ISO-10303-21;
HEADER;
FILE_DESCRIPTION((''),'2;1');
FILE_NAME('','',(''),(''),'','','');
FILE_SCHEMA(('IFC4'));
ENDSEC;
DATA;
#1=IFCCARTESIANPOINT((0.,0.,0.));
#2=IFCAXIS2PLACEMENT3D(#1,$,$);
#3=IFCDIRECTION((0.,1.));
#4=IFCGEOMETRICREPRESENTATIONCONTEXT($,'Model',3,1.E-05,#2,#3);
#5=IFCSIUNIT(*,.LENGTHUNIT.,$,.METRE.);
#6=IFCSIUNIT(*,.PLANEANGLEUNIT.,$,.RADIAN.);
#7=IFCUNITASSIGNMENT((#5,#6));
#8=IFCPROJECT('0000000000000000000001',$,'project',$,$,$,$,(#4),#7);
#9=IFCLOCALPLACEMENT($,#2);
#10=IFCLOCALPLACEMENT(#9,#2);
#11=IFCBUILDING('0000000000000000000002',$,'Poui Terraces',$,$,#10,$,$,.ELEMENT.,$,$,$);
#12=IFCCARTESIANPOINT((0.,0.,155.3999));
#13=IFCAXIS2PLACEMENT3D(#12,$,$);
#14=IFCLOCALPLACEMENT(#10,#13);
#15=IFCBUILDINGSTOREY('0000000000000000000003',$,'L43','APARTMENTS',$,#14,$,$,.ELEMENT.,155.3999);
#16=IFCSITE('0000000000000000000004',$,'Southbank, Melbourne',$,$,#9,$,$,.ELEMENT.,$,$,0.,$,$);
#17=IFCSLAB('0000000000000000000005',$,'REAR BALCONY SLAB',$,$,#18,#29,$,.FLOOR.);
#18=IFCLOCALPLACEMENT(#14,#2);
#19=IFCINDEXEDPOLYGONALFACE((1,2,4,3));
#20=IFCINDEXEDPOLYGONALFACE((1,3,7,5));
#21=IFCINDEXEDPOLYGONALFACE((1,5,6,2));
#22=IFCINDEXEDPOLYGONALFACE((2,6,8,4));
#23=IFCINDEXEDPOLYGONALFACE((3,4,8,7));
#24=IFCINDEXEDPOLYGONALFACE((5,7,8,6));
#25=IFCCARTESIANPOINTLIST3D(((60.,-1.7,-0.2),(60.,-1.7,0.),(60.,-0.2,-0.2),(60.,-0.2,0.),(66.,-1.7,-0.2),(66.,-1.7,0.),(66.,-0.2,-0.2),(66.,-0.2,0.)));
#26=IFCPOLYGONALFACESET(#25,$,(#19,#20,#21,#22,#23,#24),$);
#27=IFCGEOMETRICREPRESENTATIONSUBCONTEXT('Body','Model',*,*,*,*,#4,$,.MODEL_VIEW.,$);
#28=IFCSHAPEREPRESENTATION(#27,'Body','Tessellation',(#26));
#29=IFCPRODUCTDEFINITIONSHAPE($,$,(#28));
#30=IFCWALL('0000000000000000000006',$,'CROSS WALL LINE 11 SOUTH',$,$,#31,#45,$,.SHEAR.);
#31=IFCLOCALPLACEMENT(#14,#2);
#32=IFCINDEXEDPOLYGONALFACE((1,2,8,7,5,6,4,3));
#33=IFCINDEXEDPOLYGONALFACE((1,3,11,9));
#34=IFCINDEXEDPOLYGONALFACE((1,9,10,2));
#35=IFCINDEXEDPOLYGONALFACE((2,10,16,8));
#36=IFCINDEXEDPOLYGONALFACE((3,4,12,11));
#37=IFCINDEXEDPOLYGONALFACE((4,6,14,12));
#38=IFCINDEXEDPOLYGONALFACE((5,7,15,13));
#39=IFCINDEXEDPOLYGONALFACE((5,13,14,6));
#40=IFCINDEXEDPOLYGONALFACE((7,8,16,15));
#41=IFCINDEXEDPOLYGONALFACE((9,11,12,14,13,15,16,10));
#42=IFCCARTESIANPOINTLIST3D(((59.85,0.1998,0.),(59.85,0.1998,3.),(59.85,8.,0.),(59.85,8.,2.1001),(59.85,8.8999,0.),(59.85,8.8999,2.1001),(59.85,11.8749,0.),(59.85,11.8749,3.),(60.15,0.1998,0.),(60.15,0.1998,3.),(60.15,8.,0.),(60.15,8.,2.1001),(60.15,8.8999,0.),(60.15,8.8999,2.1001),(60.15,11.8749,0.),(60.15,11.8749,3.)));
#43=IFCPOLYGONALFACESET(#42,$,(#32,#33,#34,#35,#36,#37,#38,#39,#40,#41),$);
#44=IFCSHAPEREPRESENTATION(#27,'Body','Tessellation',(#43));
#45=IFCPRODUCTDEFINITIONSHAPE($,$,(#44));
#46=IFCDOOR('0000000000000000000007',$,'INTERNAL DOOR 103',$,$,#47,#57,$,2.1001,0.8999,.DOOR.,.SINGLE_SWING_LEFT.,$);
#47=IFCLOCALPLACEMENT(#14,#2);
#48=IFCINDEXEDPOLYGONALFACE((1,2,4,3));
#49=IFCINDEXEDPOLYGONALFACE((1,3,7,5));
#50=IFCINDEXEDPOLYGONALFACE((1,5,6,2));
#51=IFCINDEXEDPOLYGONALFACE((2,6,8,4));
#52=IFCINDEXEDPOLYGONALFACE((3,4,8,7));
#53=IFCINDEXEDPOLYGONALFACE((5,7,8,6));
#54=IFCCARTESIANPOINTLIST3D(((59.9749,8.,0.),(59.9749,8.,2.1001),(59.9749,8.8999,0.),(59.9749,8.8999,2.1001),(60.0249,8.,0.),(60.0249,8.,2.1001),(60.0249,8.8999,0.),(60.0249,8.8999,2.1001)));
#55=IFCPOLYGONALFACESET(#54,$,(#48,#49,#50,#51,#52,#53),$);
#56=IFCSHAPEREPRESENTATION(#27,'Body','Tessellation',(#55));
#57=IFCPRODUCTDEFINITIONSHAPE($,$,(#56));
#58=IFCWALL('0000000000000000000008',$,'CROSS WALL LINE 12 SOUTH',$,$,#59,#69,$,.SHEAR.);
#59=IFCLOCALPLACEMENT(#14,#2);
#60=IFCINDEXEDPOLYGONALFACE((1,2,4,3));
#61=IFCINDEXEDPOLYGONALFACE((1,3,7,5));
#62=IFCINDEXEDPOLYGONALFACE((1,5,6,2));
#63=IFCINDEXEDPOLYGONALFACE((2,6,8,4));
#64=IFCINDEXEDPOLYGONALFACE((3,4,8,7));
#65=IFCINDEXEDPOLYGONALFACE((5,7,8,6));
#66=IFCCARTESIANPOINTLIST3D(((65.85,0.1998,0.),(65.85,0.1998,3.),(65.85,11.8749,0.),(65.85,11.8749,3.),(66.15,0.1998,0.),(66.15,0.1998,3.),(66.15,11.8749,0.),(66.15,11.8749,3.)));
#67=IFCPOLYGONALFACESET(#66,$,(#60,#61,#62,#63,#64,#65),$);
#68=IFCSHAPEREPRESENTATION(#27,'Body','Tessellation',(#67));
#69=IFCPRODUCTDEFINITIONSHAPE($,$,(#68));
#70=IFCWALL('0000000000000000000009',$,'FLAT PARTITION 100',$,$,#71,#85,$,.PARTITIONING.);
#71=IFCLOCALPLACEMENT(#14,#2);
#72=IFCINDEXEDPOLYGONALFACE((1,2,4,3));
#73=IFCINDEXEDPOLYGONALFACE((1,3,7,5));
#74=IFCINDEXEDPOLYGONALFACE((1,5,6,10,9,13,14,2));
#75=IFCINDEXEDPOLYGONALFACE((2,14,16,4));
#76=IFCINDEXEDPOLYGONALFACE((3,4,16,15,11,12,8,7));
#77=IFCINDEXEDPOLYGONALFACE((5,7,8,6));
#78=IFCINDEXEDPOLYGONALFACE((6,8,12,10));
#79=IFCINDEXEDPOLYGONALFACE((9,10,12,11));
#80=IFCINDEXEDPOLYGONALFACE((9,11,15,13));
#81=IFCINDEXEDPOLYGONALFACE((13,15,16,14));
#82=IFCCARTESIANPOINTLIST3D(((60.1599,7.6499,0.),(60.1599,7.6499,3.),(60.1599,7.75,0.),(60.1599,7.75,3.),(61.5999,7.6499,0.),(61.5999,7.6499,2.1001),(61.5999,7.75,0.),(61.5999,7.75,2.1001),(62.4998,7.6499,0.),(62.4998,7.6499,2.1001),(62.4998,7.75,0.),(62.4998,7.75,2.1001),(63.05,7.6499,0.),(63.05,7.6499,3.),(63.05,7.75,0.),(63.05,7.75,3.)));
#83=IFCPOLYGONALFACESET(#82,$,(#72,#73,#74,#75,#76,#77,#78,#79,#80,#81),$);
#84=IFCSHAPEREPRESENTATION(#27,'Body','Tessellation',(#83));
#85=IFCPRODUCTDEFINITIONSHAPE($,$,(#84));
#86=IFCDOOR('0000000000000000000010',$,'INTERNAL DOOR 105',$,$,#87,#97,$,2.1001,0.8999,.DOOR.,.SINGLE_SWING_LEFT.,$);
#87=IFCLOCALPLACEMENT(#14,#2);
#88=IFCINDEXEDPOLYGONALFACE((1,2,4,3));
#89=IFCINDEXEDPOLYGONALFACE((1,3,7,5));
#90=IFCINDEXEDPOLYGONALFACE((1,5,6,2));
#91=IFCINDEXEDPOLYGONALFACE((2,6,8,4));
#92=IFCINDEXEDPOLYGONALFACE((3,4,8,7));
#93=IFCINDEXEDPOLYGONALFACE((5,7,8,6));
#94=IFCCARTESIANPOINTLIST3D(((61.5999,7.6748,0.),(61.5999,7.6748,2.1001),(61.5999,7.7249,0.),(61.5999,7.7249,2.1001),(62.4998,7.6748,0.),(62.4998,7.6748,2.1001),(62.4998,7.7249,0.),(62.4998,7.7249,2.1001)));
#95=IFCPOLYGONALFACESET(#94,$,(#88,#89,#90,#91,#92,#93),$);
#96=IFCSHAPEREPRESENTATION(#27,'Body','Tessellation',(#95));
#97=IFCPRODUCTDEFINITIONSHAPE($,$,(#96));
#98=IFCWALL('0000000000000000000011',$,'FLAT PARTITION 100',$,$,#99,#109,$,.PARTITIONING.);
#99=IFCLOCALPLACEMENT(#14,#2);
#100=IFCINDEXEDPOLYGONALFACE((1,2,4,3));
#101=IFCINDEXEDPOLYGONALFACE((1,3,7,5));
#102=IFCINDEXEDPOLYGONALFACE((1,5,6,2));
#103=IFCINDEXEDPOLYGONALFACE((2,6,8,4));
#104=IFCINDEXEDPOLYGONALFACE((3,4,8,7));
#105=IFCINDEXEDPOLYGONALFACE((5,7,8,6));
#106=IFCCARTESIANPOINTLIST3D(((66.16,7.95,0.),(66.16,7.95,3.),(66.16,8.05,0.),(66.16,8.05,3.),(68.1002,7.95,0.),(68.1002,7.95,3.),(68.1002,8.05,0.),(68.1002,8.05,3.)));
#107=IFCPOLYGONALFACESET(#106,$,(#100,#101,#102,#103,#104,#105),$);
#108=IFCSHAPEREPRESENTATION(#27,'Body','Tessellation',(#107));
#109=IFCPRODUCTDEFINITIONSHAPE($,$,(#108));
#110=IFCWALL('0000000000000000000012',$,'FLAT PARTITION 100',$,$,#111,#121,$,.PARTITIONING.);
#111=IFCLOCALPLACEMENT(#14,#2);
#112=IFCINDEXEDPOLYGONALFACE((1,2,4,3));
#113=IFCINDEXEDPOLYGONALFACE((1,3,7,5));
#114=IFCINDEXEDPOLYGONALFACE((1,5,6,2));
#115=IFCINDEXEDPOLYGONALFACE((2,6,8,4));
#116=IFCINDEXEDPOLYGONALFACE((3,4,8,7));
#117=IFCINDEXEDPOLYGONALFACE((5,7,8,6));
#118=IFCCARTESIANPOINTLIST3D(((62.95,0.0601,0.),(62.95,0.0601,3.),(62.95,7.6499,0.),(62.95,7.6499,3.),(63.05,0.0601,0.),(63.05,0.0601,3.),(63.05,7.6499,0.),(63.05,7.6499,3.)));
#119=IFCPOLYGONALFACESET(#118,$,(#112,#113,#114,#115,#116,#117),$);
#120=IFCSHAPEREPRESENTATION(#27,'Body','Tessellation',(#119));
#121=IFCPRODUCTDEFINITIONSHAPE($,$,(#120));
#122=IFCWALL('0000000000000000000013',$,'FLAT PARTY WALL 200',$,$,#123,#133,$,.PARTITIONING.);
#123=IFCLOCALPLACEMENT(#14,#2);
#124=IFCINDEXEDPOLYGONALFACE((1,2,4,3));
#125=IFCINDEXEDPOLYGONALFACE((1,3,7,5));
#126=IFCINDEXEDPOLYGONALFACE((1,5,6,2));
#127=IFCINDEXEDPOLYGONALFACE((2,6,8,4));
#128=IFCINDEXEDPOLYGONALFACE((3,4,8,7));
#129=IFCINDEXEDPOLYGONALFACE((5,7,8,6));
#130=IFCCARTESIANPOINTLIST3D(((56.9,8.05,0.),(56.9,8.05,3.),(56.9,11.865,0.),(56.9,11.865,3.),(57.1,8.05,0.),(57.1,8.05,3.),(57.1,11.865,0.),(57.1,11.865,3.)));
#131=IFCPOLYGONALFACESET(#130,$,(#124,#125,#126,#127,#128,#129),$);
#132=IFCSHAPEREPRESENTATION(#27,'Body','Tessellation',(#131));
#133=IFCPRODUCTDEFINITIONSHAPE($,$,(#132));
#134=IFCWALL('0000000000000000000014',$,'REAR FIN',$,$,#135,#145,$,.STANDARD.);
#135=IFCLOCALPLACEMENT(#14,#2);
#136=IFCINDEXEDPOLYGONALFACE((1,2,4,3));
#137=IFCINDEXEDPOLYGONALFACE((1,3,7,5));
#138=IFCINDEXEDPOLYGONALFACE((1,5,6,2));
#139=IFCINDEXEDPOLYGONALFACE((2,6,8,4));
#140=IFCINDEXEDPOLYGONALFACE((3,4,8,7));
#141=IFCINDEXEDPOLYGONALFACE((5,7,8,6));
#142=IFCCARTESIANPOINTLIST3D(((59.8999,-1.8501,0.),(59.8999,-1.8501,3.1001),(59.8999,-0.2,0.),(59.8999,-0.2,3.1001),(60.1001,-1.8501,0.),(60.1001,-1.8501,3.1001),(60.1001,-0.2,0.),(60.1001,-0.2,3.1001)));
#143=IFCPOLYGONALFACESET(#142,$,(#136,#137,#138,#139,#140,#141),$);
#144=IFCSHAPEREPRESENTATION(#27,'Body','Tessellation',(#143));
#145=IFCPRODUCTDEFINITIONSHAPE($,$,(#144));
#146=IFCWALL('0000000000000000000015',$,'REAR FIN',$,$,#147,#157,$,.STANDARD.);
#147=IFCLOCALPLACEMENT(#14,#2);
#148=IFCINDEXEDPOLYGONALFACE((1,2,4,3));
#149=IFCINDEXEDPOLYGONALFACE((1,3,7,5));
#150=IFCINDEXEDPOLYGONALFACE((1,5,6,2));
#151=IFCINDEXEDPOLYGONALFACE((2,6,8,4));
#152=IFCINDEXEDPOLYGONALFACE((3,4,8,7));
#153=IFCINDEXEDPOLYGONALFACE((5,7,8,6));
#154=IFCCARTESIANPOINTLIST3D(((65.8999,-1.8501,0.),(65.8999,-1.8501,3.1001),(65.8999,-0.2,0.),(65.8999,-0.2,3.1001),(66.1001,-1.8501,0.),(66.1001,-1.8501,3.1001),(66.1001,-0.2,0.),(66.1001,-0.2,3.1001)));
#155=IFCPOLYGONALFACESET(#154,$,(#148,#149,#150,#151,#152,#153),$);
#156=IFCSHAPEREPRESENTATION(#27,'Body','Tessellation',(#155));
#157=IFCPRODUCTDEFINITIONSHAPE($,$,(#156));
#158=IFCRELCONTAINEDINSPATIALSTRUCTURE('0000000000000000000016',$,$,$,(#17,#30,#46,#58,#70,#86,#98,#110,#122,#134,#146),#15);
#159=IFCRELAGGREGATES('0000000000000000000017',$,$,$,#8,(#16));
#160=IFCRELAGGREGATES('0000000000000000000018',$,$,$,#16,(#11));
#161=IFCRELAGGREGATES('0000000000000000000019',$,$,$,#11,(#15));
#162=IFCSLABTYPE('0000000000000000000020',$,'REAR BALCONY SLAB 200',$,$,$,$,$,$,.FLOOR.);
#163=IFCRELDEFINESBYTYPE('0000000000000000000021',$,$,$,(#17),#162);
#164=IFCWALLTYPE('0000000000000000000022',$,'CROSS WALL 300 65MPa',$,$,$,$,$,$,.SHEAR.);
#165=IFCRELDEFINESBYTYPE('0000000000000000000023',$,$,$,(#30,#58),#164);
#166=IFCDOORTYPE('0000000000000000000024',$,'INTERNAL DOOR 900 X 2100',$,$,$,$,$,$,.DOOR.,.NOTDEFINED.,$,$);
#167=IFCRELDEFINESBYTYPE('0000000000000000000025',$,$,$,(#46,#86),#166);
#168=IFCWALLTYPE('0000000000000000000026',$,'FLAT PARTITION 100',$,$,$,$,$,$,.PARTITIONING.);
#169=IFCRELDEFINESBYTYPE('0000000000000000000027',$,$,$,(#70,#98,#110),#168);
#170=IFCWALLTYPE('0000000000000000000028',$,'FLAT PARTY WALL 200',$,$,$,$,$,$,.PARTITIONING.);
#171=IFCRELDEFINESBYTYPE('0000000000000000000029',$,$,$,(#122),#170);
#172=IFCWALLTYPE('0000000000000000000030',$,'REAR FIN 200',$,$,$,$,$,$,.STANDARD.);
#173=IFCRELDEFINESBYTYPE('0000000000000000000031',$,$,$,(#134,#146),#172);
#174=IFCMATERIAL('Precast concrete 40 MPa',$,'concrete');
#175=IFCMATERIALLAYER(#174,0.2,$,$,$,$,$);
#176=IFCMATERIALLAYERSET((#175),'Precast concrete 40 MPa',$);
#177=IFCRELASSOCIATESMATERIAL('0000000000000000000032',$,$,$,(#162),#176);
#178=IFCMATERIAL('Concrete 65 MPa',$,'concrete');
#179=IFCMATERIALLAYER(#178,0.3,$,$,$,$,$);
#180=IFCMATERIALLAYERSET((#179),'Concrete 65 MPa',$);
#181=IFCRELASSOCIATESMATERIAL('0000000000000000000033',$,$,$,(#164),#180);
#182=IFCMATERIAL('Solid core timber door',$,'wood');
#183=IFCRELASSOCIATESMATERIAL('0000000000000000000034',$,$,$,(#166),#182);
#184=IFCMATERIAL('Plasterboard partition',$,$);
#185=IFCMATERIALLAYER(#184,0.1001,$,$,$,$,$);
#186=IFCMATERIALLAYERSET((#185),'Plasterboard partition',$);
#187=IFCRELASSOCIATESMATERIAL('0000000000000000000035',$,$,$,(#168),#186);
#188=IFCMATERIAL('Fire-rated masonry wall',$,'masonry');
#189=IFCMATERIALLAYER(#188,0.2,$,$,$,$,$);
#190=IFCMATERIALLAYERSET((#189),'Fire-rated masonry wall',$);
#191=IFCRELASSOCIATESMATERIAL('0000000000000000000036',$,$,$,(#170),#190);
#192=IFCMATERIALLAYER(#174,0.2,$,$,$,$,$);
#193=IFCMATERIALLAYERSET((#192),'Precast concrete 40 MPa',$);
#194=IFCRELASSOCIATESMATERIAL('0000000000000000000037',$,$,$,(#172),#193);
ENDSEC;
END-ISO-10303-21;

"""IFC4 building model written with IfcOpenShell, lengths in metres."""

from ifc_helpers import new_model, si_unit, direction, frame, frame_2d, origin, place, context, subcontext, project, spatial, polyline, rectangle, outline, extrude, source, transform, mapped, material, layer, layer_set, type_object, element, fill, save


model = new_model("IFC4")

# Units and contexts
model_context = context("Model", 3, precision=1e-05, world=origin(), true_north=direction((0.0, 1.0)))
body_context = subcontext(model_context, "Body", "Model", "MODEL_VIEW")
ifc_project = project(units=[si_unit("LENGTHUNIT", "METRE"), si_unit("PLANEANGLEUNIT", "RADIAN")], contexts=[model_context])

# Site, building, storey
site_placement = place(None, origin())
site = spatial("IfcSite", under=ifc_project, at=site_placement, Name="Southbank, Melbourne", CompositionType="ELEMENT", RefElevation=0.0)
building_placement = place(site_placement, origin())
building = spatial("IfcBuilding", under=site, at=building_placement, Name="Poui Terraces", CompositionType="ELEMENT")
storey_placement = place(building_placement, frame((0.0, 0.0, 155.3999)))
storey = spatial("IfcBuildingStorey", under=building, at=storey_placement, Name="L43", Description="APARTMENTS", CompositionType="ELEMENT", Elevation=155.3999)

# Slab
ifc_material_1 = material(Name="Precast concrete 40 MPa", Category="concrete")
ifc_layer_1 = layer(ifc_material_1, 0.2)
ifc_layer_set_1 = layer_set([ifc_layer_1], Name="Precast concrete 40 MPa")
slab_type = type_object("IfcSlabType", Name="REAR BALCONY SLAB 200", PredefinedType="FLOOR", material=ifc_layer_set_1)
shared_shape_1 = source(origin(), body_context, "Body", "SweptSolid", [
    extrude(outline(polyline([(0.0, 0.0), (6.0, 0.0), (6.0, 1.5), (0.0, 1.5), (0.0, 0.0)])), origin(), (0.0, 0.0, 1.0), 0.2),
])
slab_placement = place(storey_placement, frame((60.0, -1.7, -0.2)))
element("IfcSlab", 1, at=slab_placement, inside=storey, type_object=slab_type, Name="REAR BALCONY SLAB", PredefinedType="FLOOR", context=body_context, shape_type="MappedRepresentation", body=[
    mapped(shared_shape_1, transform((0.0, 0.0, 0.0))),
])

# Wall, opening, door
ifc_material_2 = material(Name="Concrete 65 MPa", Category="concrete")
ifc_layer_2 = layer(ifc_material_2, 0.3)
ifc_layer_set_2 = layer_set([ifc_layer_2], Name="Concrete 65 MPa")
wall_type_1 = type_object("IfcWallType", Name="CROSS WALL 300 65MPa", PredefinedType="SHEAR", material=ifc_layer_set_2)
wall_1_placement = place(storey_placement, frame((60.0, 0.2, 0.0), z_axis=(0.0, 0.0, 1.0), x_axis=(0.0, 1.0, 0.0)))
wall_1 = element("IfcWall", 2, at=wall_1_placement, inside=storey, type_object=wall_type_1, Name="CROSS WALL LINE 11 SOUTH", PredefinedType="SHEAR", context=body_context, shape_type="SweptSolid", body=[
    extrude(rectangle(XDim=11.675, YDim=0.3, at=frame_2d((5.8374, 0.0))), origin(), (0.0, 0.0, 1.0), 3.0),
])
opening_1_placement = place(wall_1_placement, frame((7.8, 0.0, 0.0)))
opening_1 = element("IfcOpeningElement", 3, at=opening_1_placement, cuts=wall_1, PredefinedType="OPENING", context=body_context, shape_type="SweptSolid", body=[
    extrude(rectangle(XDim=0.8999, YDim=2.1001, at=frame_2d((0.45, 1.05))), frame((0.0, 0.1602, 0.0), z_axis=(0.0, -1.0, 0.0), x_axis=(1.0, 0.0, 0.0)), (0.0, 0.0, 1.0), 0.3201),
])
ifc_material_3 = material(Name="Solid core timber door", Category="wood")
door_type = type_object("IfcDoorType", Name="INTERNAL DOOR 900 X 2100", OperationType="NOTDEFINED", PredefinedType="DOOR", material=ifc_material_3)
door_1_placement = place(opening_1_placement, frame((0.8999, 0.0, 0.0), z_axis=(0.0, 0.0, 1.0), x_axis=(-1.0, 0.0, 0.0)))
door_1 = element("IfcDoor", 4, at=door_1_placement, inside=storey, type_object=door_type, Name="INTERNAL DOOR 103", OperationType="SINGLE_SWING_LEFT", OverallHeight=2.1001, OverallWidth=0.8999, PredefinedType="DOOR", context=body_context, shape_type="SweptSolid", body=[
    extrude(rectangle(XDim=0.8999, YDim=2.1001, at=frame_2d((0.45, 1.05))), frame((0.0, 0.0249, 0.0), z_axis=(0.0, -1.0, 0.0), x_axis=(1.0, 0.0, 0.0)), (0.0, 0.0, 1.0), 0.05),
])
fill(opening_1, door_1)

# Wall
wall_2_placement = place(storey_placement, frame((66.0, 0.2, 0.0), z_axis=(0.0, 0.0, 1.0), x_axis=(0.0, 1.0, 0.0)))
element("IfcWall", 5, at=wall_2_placement, inside=storey, type_object=wall_type_1, Name="CROSS WALL LINE 12 SOUTH", PredefinedType="SHEAR", context=body_context, shape_type="SweptSolid", body=[
    extrude(rectangle(XDim=11.675, YDim=0.3, at=frame_2d((5.8374, 0.0))), origin(), (0.0, 0.0, 1.0), 3.0),
])

# Wall, opening, door
ifc_material_4 = material(Name="Plasterboard partition")
ifc_layer_3 = layer(ifc_material_4, 0.1001)
ifc_layer_set_3 = layer_set([ifc_layer_3], Name="Plasterboard partition")
wall_type_2 = type_object("IfcWallType", Name="FLAT PARTITION 100", PredefinedType="PARTITIONING", material=ifc_layer_set_3)
wall_3_placement = place(storey_placement, frame((60.1599, 7.7, 0.0), z_axis=(0.0, 0.0, 1.0), x_axis=(1.0, 0.0, 0.0)))
wall_3 = element("IfcWall", 6, at=wall_3_placement, inside=storey, type_object=wall_type_2, Name="FLAT PARTITION 100", PredefinedType="PARTITIONING", context=body_context, shape_type="SweptSolid", body=[
    extrude(rectangle(XDim=2.8901, YDim=0.1001, at=frame_2d((1.4451, 0.0))), origin(), (0.0, 0.0, 1.0), 3.0),
])
opening_2_placement = place(wall_3_placement, frame((1.4399, 0.0, 0.0)))
opening_2 = element("IfcOpeningElement", 7, at=opening_2_placement, cuts=wall_3, PredefinedType="OPENING", context=body_context, shape_type="SweptSolid", body=[
    extrude(rectangle(XDim=0.8999, YDim=2.1001, at=frame_2d((0.45, 1.05))), frame((0.0, 0.0601, 0.0), z_axis=(0.0, -1.0, 0.0), x_axis=(1.0, 0.0, 0.0)), (0.0, 0.0, 1.0), 0.1201),
])
door_2_placement = place(opening_2_placement, origin())
door_2 = element("IfcDoor", 8, at=door_2_placement, inside=storey, type_object=door_type, Name="INTERNAL DOOR 105", OperationType="SINGLE_SWING_LEFT", OverallHeight=2.1001, OverallWidth=0.8999, PredefinedType="DOOR", context=body_context, shape_type="SweptSolid", body=[
    extrude(rectangle(XDim=0.8999, YDim=2.1001, at=frame_2d((0.45, 1.05))), frame((0.0, 0.0249, 0.0), z_axis=(0.0, -1.0, 0.0), x_axis=(1.0, 0.0, 0.0)), (0.0, 0.0, 1.0), 0.05),
])
fill(opening_2, door_2)

# Walls
wall_4_placement = place(storey_placement, frame((66.1599, 8.0, 0.0), z_axis=(0.0, 0.0, 1.0), x_axis=(1.0, 0.0, 0.0)))
element("IfcWall", 9, at=wall_4_placement, inside=storey, type_object=wall_type_2, Name="FLAT PARTITION 100", PredefinedType="PARTITIONING", context=body_context, shape_type="SweptSolid", body=[
    extrude(rectangle(XDim=1.9402, YDim=0.1001, at=frame_2d((0.9702, 0.0))), origin(), (0.0, 0.0, 1.0), 3.0),
])
wall_5_placement = place(storey_placement, frame((63.0, 0.0601, 0.0), z_axis=(0.0, 0.0, 1.0), x_axis=(0.0, 1.0, 0.0)))
element("IfcWall", 10, at=wall_5_placement, inside=storey, type_object=wall_type_2, Name="FLAT PARTITION 100", PredefinedType="PARTITIONING", context=body_context, shape_type="SweptSolid", body=[
    extrude(rectangle(XDim=7.5898, YDim=0.1001, at=frame_2d((3.7949, 0.0))), origin(), (0.0, 0.0, 1.0), 3.0),
])
ifc_material_5 = material(Name="Fire-rated masonry wall", Category="masonry")
ifc_layer_4 = layer(ifc_material_5, 0.2)
ifc_layer_set_4 = layer_set([ifc_layer_4], Name="Fire-rated masonry wall")
wall_type_3 = type_object("IfcWallType", Name="FLAT PARTY WALL 200", PredefinedType="PARTITIONING", material=ifc_layer_set_4)
wall_6_placement = place(storey_placement, frame((57.0, 8.05, 0.0), z_axis=(0.0, 0.0, 1.0), x_axis=(0.0, 1.0, 0.0)))
element("IfcWall", 11, at=wall_6_placement, inside=storey, type_object=wall_type_3, Name="FLAT PARTY WALL 200", PredefinedType="PARTITIONING", context=body_context, shape_type="SweptSolid", body=[
    extrude(rectangle(XDim=3.8149, YDim=0.2, at=frame_2d((1.9075, 0.0))), origin(), (0.0, 0.0, 1.0), 3.0),
])
ifc_layer_5 = layer(ifc_material_1, 0.2)
ifc_layer_set_5 = layer_set([ifc_layer_5], Name="Precast concrete 40 MPa")
wall_type_4 = type_object("IfcWallType", Name="REAR FIN 200", PredefinedType="STANDARD", material=ifc_layer_set_5)
shared_shape_2 = source(origin(), body_context, "Body", "SweptSolid", [
    extrude(outline(polyline([(0.0, 0.0), (0.2002, 0.0), (0.2002, 1.6501), (0.0, 1.6501), (0.0, 0.0)])), origin(), (0.0, 0.0, 1.0), 3.1001),
])
for number, where, name in (
    (12, (59.8999, -1.8501, 0.0), "REAR FIN"),
    (13, (65.8999, -1.8501, 0.0), "REAR FIN"),
):
    element("IfcWall", number, at=place(storey_placement, frame(where)), inside=storey, type_object=wall_type_4, Name=name, PredefinedType="STANDARD", context=body_context, shape_type="MappedRepresentation", body=[
        mapped(shared_shape_2, transform((0.0, 0.0, 0.0))),
    ])

save(model, "model.ifc")
